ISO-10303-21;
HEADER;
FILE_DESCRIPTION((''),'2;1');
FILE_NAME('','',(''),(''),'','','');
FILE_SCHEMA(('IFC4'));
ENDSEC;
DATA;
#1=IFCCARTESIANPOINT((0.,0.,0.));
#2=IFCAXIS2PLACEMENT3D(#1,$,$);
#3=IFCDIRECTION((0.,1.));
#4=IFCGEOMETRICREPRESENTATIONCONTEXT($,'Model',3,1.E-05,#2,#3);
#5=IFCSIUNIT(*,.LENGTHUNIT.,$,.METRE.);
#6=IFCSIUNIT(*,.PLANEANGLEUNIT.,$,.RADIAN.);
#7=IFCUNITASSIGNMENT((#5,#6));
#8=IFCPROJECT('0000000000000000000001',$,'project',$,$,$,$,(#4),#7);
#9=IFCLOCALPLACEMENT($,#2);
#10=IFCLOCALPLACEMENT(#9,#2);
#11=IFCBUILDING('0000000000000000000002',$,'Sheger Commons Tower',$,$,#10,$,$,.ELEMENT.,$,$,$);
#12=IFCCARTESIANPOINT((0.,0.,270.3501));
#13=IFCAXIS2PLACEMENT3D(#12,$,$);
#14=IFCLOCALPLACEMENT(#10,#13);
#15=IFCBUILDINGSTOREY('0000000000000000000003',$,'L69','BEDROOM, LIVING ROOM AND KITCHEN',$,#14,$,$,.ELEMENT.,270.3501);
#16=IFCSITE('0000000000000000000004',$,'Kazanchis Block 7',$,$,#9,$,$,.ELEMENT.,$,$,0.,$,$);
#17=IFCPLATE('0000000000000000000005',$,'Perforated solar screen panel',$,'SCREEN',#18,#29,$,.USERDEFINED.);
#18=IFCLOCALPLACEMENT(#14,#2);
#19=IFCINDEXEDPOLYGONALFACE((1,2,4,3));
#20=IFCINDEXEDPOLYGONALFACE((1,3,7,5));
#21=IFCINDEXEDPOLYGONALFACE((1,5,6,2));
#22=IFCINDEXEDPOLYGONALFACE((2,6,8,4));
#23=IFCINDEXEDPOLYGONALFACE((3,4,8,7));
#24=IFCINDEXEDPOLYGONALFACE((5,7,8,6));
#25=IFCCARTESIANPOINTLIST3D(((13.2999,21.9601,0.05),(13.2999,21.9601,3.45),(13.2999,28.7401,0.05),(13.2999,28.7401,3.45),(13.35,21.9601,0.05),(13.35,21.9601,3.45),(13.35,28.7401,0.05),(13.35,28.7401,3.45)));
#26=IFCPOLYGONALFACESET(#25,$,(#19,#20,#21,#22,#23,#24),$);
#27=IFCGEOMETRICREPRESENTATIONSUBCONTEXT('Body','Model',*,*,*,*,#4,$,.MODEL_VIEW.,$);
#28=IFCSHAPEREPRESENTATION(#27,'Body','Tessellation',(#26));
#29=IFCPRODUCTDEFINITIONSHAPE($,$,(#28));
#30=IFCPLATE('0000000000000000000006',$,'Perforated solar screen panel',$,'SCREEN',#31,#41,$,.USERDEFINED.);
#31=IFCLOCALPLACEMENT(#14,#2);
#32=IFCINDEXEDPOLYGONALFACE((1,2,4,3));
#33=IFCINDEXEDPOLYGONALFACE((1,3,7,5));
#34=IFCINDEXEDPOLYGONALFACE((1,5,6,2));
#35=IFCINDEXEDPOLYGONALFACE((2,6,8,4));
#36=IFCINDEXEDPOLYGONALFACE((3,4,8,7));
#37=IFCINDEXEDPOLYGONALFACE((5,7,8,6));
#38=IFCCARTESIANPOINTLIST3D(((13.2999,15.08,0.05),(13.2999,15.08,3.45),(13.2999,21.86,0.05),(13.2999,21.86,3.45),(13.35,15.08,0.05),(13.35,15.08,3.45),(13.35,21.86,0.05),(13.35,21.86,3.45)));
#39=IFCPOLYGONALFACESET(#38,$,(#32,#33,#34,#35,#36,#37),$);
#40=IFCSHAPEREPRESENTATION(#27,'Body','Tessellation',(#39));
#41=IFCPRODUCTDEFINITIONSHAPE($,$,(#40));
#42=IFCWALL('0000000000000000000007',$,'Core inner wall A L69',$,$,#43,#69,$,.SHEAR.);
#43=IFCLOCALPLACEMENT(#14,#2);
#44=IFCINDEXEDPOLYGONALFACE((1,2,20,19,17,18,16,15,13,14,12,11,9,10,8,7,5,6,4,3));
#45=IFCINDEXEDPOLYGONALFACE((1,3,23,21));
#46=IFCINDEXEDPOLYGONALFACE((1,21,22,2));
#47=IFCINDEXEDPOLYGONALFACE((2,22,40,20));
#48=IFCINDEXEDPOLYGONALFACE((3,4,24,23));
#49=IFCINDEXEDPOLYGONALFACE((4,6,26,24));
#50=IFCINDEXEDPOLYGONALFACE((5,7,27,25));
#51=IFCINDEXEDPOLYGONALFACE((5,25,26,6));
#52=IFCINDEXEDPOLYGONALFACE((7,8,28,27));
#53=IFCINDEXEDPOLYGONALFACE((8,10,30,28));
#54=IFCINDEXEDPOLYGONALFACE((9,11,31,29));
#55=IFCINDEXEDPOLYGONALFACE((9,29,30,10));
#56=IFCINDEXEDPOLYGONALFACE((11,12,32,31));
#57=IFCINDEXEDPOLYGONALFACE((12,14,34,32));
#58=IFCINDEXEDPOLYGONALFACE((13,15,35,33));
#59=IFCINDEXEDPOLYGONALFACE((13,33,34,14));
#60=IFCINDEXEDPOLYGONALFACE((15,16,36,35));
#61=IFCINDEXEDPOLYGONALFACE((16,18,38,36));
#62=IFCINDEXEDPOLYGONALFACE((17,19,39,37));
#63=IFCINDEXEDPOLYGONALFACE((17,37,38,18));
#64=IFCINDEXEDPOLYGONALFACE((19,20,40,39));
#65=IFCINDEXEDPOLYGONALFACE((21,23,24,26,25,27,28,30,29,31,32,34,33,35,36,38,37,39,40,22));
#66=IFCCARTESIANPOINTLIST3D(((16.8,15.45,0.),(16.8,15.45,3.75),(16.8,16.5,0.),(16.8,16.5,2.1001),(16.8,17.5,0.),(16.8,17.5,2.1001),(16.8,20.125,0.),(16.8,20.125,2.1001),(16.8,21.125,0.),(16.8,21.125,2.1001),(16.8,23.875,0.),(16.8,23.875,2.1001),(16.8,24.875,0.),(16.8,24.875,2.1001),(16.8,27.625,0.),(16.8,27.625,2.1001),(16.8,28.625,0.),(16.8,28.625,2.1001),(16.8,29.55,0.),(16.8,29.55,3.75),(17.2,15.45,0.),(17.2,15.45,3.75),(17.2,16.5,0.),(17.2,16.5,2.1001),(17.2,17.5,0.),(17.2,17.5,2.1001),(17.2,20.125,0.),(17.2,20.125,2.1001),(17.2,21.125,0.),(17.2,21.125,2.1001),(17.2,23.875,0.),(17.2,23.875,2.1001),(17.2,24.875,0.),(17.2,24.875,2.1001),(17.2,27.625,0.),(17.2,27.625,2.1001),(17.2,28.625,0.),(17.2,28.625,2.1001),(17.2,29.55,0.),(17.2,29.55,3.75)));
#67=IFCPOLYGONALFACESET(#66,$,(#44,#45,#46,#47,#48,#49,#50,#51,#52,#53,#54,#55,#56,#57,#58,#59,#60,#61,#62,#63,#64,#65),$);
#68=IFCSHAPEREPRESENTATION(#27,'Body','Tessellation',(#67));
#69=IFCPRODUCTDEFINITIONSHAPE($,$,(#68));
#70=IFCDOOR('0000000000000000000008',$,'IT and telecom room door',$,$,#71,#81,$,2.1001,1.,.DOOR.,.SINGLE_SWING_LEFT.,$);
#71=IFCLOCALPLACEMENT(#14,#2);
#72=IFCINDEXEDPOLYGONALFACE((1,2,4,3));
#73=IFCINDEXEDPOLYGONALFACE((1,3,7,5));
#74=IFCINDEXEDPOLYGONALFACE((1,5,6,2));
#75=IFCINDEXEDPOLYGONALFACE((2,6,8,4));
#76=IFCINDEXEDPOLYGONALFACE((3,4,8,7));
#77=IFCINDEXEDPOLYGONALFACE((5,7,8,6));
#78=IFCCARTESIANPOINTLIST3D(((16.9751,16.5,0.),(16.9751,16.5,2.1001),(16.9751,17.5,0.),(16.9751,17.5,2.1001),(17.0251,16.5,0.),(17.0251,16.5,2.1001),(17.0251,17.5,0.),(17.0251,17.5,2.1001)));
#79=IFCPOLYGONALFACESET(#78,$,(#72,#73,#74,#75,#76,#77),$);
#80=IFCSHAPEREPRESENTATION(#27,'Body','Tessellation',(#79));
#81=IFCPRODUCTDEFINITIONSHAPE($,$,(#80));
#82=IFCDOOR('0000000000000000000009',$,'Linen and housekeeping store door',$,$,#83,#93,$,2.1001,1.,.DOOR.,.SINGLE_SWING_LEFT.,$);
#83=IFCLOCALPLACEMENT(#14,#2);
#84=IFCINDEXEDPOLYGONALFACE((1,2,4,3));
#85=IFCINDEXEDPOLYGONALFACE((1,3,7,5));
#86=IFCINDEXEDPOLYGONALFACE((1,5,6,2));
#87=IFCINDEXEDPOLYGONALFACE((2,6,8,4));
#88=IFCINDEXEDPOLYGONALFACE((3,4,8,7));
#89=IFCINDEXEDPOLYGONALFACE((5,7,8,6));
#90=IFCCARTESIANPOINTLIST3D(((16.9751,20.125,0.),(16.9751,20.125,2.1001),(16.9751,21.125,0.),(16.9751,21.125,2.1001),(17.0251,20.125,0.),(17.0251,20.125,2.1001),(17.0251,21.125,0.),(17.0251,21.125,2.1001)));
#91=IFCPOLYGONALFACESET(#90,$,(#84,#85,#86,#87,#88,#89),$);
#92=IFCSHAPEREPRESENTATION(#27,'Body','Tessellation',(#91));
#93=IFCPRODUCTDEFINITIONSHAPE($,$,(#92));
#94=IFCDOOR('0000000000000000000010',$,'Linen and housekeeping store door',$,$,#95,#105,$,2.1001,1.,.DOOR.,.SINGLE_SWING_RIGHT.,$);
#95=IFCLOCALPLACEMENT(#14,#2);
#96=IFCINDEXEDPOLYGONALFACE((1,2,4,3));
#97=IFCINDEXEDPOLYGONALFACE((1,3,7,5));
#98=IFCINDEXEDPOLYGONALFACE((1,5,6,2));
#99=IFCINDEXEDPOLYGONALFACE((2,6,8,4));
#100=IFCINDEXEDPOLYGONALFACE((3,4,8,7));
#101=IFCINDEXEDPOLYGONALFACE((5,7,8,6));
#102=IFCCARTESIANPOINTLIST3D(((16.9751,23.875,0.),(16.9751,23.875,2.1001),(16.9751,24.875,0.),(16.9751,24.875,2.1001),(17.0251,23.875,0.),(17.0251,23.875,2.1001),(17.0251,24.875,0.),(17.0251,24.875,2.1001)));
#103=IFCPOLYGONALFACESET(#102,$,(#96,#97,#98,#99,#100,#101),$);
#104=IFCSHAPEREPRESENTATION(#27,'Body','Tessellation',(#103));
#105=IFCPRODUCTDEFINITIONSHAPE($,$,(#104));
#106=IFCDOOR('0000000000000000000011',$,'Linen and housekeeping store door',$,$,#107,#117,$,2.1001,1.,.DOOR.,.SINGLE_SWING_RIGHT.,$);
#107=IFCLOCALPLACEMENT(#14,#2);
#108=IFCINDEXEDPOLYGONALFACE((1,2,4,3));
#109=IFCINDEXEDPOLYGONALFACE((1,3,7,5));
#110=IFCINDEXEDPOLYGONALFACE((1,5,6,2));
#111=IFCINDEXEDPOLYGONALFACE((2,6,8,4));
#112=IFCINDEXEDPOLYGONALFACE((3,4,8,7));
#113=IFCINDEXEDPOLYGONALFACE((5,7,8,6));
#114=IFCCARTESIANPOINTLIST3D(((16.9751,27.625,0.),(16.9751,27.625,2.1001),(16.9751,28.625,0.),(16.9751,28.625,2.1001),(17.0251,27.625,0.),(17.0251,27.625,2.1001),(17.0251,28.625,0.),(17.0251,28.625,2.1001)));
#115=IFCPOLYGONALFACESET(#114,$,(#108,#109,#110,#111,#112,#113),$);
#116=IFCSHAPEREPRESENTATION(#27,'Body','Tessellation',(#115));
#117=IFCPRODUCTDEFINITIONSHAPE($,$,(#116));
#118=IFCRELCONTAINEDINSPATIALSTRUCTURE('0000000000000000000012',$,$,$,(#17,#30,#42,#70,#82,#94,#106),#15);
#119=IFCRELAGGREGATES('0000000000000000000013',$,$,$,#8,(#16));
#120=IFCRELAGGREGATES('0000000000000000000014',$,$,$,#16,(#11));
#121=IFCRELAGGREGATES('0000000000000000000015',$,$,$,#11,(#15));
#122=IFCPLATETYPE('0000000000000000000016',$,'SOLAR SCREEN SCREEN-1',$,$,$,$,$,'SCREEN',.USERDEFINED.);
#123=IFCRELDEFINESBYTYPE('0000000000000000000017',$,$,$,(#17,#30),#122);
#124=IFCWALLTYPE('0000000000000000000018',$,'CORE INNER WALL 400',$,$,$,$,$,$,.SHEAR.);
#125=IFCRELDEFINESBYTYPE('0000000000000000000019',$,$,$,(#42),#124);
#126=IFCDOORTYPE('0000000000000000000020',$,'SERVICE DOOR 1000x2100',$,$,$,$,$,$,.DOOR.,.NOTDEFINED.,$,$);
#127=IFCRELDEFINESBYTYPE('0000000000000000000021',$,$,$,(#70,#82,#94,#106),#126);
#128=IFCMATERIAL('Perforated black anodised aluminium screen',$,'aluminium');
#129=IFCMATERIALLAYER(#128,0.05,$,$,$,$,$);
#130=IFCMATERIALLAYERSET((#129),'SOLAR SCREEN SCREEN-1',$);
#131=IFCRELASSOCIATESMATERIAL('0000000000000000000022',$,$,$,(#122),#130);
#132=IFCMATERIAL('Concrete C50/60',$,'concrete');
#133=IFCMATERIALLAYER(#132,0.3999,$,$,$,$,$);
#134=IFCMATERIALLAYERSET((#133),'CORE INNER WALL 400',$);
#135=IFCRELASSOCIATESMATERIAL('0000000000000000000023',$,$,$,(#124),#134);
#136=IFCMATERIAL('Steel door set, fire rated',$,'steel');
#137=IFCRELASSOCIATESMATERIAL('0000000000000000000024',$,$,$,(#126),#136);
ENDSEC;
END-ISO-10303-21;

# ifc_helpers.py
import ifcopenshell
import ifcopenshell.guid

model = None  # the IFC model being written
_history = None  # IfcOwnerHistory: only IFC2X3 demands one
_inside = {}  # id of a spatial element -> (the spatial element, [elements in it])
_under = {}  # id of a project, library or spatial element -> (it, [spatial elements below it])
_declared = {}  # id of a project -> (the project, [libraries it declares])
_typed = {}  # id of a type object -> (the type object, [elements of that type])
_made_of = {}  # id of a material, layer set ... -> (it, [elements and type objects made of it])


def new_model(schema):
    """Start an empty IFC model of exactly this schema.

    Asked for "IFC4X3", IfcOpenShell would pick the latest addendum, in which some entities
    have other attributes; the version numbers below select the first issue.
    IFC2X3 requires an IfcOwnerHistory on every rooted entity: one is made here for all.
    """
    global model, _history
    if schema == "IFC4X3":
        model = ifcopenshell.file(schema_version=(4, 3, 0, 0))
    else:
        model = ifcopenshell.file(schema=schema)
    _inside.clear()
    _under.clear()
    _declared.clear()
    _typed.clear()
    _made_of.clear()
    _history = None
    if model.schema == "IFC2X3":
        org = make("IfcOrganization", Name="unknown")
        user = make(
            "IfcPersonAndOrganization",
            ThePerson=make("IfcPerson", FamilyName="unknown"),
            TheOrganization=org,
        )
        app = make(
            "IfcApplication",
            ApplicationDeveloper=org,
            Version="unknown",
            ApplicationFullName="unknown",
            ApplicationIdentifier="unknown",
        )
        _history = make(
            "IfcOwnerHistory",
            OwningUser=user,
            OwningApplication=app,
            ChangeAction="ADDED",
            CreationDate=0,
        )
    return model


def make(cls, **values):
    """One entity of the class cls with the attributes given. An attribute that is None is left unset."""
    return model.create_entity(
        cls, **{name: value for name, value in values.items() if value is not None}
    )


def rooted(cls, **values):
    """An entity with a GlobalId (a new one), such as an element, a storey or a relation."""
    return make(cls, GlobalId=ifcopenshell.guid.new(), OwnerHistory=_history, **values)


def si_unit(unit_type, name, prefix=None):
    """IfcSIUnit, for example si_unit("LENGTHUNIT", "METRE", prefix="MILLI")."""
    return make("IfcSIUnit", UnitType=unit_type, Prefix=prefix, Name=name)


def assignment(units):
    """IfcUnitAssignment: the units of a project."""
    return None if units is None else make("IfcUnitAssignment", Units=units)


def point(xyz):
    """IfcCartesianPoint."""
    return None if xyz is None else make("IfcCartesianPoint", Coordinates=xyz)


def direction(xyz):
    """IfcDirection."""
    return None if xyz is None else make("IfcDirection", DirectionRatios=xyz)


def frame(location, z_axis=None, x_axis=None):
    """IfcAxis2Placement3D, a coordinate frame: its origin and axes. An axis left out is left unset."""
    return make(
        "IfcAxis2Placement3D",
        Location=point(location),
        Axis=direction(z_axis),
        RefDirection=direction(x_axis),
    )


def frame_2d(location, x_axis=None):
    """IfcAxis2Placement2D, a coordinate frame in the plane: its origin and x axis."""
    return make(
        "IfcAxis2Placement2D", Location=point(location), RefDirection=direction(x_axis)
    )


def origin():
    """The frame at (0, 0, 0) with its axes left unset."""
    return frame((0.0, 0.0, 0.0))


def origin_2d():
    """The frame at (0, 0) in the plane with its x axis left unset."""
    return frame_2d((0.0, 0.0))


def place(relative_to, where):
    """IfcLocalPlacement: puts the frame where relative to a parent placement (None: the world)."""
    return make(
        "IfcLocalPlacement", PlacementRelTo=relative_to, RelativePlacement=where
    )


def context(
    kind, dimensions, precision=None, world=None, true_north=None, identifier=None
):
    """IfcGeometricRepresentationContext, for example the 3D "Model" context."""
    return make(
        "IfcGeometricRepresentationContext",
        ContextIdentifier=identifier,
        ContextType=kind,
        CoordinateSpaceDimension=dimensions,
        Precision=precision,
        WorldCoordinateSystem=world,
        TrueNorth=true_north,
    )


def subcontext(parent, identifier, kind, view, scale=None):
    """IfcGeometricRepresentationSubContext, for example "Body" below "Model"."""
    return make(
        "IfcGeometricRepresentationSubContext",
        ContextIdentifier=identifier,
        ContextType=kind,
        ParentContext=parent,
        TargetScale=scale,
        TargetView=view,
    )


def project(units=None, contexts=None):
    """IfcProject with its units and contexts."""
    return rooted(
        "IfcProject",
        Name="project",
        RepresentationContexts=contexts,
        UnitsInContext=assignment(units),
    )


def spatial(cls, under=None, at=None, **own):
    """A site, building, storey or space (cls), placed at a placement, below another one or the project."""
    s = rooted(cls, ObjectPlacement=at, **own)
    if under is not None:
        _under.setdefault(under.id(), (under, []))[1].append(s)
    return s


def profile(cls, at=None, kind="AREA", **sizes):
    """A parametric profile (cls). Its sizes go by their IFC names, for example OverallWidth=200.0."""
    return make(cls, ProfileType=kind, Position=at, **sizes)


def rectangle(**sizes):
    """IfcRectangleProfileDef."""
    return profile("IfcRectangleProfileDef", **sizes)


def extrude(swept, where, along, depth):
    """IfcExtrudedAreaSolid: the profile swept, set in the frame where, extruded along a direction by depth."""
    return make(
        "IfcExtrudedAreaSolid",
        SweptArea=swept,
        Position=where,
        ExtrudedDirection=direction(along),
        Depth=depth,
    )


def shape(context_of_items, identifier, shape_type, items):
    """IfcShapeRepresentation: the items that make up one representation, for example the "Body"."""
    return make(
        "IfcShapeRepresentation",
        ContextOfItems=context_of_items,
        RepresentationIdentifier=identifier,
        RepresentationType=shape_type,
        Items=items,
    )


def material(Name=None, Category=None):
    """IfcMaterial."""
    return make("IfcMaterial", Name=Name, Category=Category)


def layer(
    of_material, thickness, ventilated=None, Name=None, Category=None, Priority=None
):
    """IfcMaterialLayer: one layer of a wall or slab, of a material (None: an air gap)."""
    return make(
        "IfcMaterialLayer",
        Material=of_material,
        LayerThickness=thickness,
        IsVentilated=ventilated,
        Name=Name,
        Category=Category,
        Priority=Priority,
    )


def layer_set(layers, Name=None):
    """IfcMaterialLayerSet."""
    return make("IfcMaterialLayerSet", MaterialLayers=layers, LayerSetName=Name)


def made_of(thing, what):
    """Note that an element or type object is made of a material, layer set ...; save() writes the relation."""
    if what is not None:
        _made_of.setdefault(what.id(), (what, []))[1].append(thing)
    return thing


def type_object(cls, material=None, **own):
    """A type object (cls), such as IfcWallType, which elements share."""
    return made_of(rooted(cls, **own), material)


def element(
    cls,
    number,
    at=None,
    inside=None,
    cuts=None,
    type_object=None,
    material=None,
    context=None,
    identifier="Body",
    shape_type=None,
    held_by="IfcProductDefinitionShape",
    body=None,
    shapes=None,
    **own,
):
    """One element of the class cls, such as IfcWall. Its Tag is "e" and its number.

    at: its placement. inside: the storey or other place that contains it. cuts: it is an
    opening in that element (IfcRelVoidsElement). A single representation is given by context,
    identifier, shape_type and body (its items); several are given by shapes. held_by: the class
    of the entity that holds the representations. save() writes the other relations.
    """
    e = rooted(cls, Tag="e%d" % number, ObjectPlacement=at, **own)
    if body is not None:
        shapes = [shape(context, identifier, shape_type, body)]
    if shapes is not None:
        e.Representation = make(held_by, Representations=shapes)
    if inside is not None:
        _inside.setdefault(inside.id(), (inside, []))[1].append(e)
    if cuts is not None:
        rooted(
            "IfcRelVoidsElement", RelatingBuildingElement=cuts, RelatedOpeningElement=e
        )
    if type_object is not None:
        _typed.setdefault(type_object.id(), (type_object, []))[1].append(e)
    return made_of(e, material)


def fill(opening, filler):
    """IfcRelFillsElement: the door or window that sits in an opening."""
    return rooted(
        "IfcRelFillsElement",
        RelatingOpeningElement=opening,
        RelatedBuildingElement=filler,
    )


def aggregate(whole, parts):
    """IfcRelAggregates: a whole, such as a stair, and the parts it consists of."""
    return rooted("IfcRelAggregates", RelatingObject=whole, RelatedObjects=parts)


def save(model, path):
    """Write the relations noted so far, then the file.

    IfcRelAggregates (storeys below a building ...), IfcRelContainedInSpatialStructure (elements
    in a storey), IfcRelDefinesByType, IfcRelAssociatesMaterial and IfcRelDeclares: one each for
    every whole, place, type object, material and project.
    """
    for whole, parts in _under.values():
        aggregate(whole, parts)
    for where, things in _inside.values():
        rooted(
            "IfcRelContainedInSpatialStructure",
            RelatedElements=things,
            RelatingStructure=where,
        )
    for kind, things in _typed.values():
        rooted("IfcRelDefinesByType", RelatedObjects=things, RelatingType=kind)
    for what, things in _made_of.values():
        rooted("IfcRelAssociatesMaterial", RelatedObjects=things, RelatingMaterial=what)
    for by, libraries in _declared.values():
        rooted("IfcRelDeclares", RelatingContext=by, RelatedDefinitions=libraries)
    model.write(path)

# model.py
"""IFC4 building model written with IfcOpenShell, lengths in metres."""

from ifc_helpers import new_model, si_unit, direction, frame, frame_2d, origin, origin_2d, place, context, subcontext, project, spatial, rectangle, extrude, material, layer, layer_set, type_object, element, fill, save


model = new_model("IFC4")

# Units and contexts
model_context = context("Model", 3, precision=1e-05, world=origin(), true_north=direction((0.0, 1.0)))
body_context = subcontext(model_context, "Body", "Model", "MODEL_VIEW")
ifc_project = project(units=[si_unit("LENGTHUNIT", "METRE"), si_unit("PLANEANGLEUNIT", "RADIAN")], contexts=[model_context])

# Site, building, storey
site_placement = place(None, origin())
site = spatial("IfcSite", under=ifc_project, at=site_placement, Name="Kazanchis Block 7", CompositionType="ELEMENT", RefElevation=0.0)
building_placement = place(site_placement, origin())
building = spatial("IfcBuilding", under=site, at=building_placement, Name="Sheger Commons Tower", CompositionType="ELEMENT")
storey_placement = place(building_placement, frame((0.0, 0.0, 270.3501)))
storey = spatial("IfcBuildingStorey", under=building, at=storey_placement, Name="L69", Description="BEDROOM, LIVING ROOM AND KITCHEN", CompositionType="ELEMENT", Elevation=270.3501)

# Plates
ifc_material_1 = material(Name="Perforated black anodised aluminium screen", Category="aluminium")
ifc_layer_1 = layer(ifc_material_1, 0.05)
ifc_layer_set_1 = layer_set([ifc_layer_1], Name="SOLAR SCREEN SCREEN-1")
plate_type = type_object("IfcPlateType", Name="SOLAR SCREEN SCREEN-1", ElementType="SCREEN", PredefinedType="USERDEFINED", material=ifc_layer_set_1)
for number, where, z_axis, x_axis, name in (
    (1, (13.325, 25.3501, 0.05), (0.0, 0.0, 1.0), (0.0, -1.0, 0.0), "Perforated solar screen panel"),
    (2, (13.325, 18.47, 0.05), (0.0, 0.0, 1.0), (0.0, -1.0, 0.0), "Perforated solar screen panel"),
):
    element("IfcPlate", number, at=place(storey_placement, frame(where, z_axis=z_axis, x_axis=x_axis)), inside=storey, type_object=plate_type, Name=name, ObjectType="SCREEN", PredefinedType="USERDEFINED", context=body_context, shape_type="SweptSolid", body=[
        extrude(rectangle(XDim=6.78, YDim=0.05, at=origin_2d()), origin(), (0.0, 0.0, 1.0), 3.3999),
    ])

# Wall, openings, doors
ifc_material_2 = material(Name="Concrete C50/60", Category="concrete")
ifc_layer_2 = layer(ifc_material_2, 0.3999)
ifc_layer_set_2 = layer_set([ifc_layer_2], Name="CORE INNER WALL 400")
wall_type_1 = type_object("IfcWallType", Name="CORE INNER WALL 400", PredefinedType="SHEAR", material=ifc_layer_set_2)
wall_1_placement = place(storey_placement, frame((17.0, 15.45, 0.0), z_axis=(0.0, 0.0, 1.0), x_axis=(0.0, 1.0, 0.0)))
wall_1 = element("IfcWall", 3, at=wall_1_placement, inside=storey, type_object=wall_type_1, Name="Core inner wall A L69", PredefinedType="SHEAR", context=body_context, shape_type="SweptSolid", body=[
    extrude(rectangle(XDim=14.1001, YDim=0.3999, at=frame_2d((7.05, 0.0))), origin(), (0.0, 0.0, 1.0), 3.75),
])
opening_1_placement = place(wall_1_placement, frame((1.05, 0.0, 0.0)))
opening_1 = element("IfcOpeningElement", 4, at=opening_1_placement, cuts=wall_1, PredefinedType="OPENING", context=body_context, shape_type="SweptSolid", body=[
    extrude(rectangle(XDim=1.0, YDim=2.1001, at=frame_2d((0.5, 1.05))), frame((0.0, 0.21, 0.0), z_axis=(0.0, -1.0, 0.0), x_axis=(1.0, 0.0, 0.0)), (0.0, 0.0, 1.0), 0.4199),
])
opening_2_placement = place(wall_1_placement, frame((4.675, 0.0, 0.0)))
opening_2 = element("IfcOpeningElement", 5, at=opening_2_placement, cuts=wall_1, PredefinedType="OPENING", context=body_context, shape_type="SweptSolid", body=[
    extrude(rectangle(XDim=1.0, YDim=2.1001, at=frame_2d((0.5, 1.05))), frame((0.0, 0.21, 0.0), z_axis=(0.0, -1.0, 0.0), x_axis=(1.0, 0.0, 0.0)), (0.0, 0.0, 1.0), 0.4199),
])
opening_3_placement = place(wall_1_placement, frame((8.425, 0.0, 0.0)))
opening_3 = element("IfcOpeningElement", 6, at=opening_3_placement, cuts=wall_1, PredefinedType="OPENING", context=body_context, shape_type="SweptSolid", body=[
    extrude(rectangle(XDim=1.0, YDim=2.1001, at=frame_2d((0.5, 1.05))), frame((0.0, 0.21, 0.0), z_axis=(0.0, -1.0, 0.0), x_axis=(1.0, 0.0, 0.0)), (0.0, 0.0, 1.0), 0.4199),
])
opening_4_placement = place(wall_1_placement, frame((12.175, 0.0, 0.0)))
opening_4 = element("IfcOpeningElement", 7, at=opening_4_placement, cuts=wall_1, PredefinedType="OPENING", context=body_context, shape_type="SweptSolid", body=[
    extrude(rectangle(XDim=1.0, YDim=2.1001, at=frame_2d((0.5, 1.05))), frame((0.0, 0.21, 0.0), z_axis=(0.0, -1.0, 0.0), x_axis=(1.0, 0.0, 0.0)), (0.0, 0.0, 1.0), 0.4199),
])
ifc_material_3 = material(Name="Steel door set, fire rated", Category="steel")
door_type_1 = type_object("IfcDoorType", Name="SERVICE DOOR 1000x2100", OperationType="NOTDEFINED", PredefinedType="DOOR", material=ifc_material_3)
door_1_placement = place(opening_1_placement, origin())
door_1 = element("IfcDoor", 8, at=door_1_placement, inside=storey, type_object=door_type_1, Name="IT and telecom room door", OperationType="SINGLE_SWING_LEFT", OverallHeight=2.1001, OverallWidth=1.0, PredefinedType="DOOR", context=body_context, shape_type="SweptSolid", body=[
    extrude(rectangle(XDim=1.0, YDim=2.1001, at=frame_2d((0.5, 1.05))), frame((0.0, 0.0249, 0.0), z_axis=(0.0, -1.0, 0.0), x_axis=(1.0, 0.0, 0.0)), (0.0, 0.0, 1.0), 0.05),
])
fill(opening_1, door_1)
door_2_placement = place(opening_2_placement, origin())
door_2 = element("IfcDoor", 9, at=door_2_placement, inside=storey, type_object=door_type_1, Name="Linen and housekeeping store door", OperationType="SINGLE_SWING_LEFT", OverallHeight=2.1001, OverallWidth=1.0, PredefinedType="DOOR", context=body_context, shape_type="SweptSolid", body=[
    extrude(rectangle(XDim=1.0, YDim=2.1001, at=frame_2d((0.5, 1.05))), frame((0.0, 0.0249, 0.0), z_axis=(0.0, -1.0, 0.0), x_axis=(1.0, 0.0, 0.0)), (0.0, 0.0, 1.0), 0.05),
])
fill(opening_2, door_2)
door_3_placement = place(opening_3_placement, origin())
door_3 = element("IfcDoor", 10, at=door_3_placement, inside=storey, type_object=door_type_1, Name="Linen and housekeeping store door", OperationType="SINGLE_SWING_RIGHT", OverallHeight=2.1001, OverallWidth=1.0, PredefinedType="DOOR", context=body_context, shape_type="SweptSolid", body=[
    extrude(rectangle(XDim=1.0, YDim=2.1001, at=frame_2d((0.5, 1.05))), frame((0.0, 0.0249, 0.0), z_axis=(0.0, -1.0, 0.0), x_axis=(1.0, 0.0, 0.0)), (0.0, 0.0, 1.0), 0.05),
])
fill(opening_3, door_3)
door_4_placement = place(opening_4_placement, origin())
door_4 = element("IfcDoor", 11, at=door_4_placement, inside=storey, type_object=door_type_1, Name="Linen and housekeeping store door", OperationType="SINGLE_SWING_RIGHT", OverallHeight=2.1001, OverallWidth=1.0, PredefinedType="DOOR", context=body_context, shape_type="SweptSolid", body=[
    extrude(rectangle(XDim=1.0, YDim=2.1001, at=frame_2d((0.5, 1.05))), frame((0.0, 0.0249, 0.0), z_axis=(0.0, -1.0, 0.0), x_axis=(1.0, 0.0, 0.0)), (0.0, 0.0, 1.0), 0.05),
])
fill(opening_4, door_4)

save(model, "model.ifc")
